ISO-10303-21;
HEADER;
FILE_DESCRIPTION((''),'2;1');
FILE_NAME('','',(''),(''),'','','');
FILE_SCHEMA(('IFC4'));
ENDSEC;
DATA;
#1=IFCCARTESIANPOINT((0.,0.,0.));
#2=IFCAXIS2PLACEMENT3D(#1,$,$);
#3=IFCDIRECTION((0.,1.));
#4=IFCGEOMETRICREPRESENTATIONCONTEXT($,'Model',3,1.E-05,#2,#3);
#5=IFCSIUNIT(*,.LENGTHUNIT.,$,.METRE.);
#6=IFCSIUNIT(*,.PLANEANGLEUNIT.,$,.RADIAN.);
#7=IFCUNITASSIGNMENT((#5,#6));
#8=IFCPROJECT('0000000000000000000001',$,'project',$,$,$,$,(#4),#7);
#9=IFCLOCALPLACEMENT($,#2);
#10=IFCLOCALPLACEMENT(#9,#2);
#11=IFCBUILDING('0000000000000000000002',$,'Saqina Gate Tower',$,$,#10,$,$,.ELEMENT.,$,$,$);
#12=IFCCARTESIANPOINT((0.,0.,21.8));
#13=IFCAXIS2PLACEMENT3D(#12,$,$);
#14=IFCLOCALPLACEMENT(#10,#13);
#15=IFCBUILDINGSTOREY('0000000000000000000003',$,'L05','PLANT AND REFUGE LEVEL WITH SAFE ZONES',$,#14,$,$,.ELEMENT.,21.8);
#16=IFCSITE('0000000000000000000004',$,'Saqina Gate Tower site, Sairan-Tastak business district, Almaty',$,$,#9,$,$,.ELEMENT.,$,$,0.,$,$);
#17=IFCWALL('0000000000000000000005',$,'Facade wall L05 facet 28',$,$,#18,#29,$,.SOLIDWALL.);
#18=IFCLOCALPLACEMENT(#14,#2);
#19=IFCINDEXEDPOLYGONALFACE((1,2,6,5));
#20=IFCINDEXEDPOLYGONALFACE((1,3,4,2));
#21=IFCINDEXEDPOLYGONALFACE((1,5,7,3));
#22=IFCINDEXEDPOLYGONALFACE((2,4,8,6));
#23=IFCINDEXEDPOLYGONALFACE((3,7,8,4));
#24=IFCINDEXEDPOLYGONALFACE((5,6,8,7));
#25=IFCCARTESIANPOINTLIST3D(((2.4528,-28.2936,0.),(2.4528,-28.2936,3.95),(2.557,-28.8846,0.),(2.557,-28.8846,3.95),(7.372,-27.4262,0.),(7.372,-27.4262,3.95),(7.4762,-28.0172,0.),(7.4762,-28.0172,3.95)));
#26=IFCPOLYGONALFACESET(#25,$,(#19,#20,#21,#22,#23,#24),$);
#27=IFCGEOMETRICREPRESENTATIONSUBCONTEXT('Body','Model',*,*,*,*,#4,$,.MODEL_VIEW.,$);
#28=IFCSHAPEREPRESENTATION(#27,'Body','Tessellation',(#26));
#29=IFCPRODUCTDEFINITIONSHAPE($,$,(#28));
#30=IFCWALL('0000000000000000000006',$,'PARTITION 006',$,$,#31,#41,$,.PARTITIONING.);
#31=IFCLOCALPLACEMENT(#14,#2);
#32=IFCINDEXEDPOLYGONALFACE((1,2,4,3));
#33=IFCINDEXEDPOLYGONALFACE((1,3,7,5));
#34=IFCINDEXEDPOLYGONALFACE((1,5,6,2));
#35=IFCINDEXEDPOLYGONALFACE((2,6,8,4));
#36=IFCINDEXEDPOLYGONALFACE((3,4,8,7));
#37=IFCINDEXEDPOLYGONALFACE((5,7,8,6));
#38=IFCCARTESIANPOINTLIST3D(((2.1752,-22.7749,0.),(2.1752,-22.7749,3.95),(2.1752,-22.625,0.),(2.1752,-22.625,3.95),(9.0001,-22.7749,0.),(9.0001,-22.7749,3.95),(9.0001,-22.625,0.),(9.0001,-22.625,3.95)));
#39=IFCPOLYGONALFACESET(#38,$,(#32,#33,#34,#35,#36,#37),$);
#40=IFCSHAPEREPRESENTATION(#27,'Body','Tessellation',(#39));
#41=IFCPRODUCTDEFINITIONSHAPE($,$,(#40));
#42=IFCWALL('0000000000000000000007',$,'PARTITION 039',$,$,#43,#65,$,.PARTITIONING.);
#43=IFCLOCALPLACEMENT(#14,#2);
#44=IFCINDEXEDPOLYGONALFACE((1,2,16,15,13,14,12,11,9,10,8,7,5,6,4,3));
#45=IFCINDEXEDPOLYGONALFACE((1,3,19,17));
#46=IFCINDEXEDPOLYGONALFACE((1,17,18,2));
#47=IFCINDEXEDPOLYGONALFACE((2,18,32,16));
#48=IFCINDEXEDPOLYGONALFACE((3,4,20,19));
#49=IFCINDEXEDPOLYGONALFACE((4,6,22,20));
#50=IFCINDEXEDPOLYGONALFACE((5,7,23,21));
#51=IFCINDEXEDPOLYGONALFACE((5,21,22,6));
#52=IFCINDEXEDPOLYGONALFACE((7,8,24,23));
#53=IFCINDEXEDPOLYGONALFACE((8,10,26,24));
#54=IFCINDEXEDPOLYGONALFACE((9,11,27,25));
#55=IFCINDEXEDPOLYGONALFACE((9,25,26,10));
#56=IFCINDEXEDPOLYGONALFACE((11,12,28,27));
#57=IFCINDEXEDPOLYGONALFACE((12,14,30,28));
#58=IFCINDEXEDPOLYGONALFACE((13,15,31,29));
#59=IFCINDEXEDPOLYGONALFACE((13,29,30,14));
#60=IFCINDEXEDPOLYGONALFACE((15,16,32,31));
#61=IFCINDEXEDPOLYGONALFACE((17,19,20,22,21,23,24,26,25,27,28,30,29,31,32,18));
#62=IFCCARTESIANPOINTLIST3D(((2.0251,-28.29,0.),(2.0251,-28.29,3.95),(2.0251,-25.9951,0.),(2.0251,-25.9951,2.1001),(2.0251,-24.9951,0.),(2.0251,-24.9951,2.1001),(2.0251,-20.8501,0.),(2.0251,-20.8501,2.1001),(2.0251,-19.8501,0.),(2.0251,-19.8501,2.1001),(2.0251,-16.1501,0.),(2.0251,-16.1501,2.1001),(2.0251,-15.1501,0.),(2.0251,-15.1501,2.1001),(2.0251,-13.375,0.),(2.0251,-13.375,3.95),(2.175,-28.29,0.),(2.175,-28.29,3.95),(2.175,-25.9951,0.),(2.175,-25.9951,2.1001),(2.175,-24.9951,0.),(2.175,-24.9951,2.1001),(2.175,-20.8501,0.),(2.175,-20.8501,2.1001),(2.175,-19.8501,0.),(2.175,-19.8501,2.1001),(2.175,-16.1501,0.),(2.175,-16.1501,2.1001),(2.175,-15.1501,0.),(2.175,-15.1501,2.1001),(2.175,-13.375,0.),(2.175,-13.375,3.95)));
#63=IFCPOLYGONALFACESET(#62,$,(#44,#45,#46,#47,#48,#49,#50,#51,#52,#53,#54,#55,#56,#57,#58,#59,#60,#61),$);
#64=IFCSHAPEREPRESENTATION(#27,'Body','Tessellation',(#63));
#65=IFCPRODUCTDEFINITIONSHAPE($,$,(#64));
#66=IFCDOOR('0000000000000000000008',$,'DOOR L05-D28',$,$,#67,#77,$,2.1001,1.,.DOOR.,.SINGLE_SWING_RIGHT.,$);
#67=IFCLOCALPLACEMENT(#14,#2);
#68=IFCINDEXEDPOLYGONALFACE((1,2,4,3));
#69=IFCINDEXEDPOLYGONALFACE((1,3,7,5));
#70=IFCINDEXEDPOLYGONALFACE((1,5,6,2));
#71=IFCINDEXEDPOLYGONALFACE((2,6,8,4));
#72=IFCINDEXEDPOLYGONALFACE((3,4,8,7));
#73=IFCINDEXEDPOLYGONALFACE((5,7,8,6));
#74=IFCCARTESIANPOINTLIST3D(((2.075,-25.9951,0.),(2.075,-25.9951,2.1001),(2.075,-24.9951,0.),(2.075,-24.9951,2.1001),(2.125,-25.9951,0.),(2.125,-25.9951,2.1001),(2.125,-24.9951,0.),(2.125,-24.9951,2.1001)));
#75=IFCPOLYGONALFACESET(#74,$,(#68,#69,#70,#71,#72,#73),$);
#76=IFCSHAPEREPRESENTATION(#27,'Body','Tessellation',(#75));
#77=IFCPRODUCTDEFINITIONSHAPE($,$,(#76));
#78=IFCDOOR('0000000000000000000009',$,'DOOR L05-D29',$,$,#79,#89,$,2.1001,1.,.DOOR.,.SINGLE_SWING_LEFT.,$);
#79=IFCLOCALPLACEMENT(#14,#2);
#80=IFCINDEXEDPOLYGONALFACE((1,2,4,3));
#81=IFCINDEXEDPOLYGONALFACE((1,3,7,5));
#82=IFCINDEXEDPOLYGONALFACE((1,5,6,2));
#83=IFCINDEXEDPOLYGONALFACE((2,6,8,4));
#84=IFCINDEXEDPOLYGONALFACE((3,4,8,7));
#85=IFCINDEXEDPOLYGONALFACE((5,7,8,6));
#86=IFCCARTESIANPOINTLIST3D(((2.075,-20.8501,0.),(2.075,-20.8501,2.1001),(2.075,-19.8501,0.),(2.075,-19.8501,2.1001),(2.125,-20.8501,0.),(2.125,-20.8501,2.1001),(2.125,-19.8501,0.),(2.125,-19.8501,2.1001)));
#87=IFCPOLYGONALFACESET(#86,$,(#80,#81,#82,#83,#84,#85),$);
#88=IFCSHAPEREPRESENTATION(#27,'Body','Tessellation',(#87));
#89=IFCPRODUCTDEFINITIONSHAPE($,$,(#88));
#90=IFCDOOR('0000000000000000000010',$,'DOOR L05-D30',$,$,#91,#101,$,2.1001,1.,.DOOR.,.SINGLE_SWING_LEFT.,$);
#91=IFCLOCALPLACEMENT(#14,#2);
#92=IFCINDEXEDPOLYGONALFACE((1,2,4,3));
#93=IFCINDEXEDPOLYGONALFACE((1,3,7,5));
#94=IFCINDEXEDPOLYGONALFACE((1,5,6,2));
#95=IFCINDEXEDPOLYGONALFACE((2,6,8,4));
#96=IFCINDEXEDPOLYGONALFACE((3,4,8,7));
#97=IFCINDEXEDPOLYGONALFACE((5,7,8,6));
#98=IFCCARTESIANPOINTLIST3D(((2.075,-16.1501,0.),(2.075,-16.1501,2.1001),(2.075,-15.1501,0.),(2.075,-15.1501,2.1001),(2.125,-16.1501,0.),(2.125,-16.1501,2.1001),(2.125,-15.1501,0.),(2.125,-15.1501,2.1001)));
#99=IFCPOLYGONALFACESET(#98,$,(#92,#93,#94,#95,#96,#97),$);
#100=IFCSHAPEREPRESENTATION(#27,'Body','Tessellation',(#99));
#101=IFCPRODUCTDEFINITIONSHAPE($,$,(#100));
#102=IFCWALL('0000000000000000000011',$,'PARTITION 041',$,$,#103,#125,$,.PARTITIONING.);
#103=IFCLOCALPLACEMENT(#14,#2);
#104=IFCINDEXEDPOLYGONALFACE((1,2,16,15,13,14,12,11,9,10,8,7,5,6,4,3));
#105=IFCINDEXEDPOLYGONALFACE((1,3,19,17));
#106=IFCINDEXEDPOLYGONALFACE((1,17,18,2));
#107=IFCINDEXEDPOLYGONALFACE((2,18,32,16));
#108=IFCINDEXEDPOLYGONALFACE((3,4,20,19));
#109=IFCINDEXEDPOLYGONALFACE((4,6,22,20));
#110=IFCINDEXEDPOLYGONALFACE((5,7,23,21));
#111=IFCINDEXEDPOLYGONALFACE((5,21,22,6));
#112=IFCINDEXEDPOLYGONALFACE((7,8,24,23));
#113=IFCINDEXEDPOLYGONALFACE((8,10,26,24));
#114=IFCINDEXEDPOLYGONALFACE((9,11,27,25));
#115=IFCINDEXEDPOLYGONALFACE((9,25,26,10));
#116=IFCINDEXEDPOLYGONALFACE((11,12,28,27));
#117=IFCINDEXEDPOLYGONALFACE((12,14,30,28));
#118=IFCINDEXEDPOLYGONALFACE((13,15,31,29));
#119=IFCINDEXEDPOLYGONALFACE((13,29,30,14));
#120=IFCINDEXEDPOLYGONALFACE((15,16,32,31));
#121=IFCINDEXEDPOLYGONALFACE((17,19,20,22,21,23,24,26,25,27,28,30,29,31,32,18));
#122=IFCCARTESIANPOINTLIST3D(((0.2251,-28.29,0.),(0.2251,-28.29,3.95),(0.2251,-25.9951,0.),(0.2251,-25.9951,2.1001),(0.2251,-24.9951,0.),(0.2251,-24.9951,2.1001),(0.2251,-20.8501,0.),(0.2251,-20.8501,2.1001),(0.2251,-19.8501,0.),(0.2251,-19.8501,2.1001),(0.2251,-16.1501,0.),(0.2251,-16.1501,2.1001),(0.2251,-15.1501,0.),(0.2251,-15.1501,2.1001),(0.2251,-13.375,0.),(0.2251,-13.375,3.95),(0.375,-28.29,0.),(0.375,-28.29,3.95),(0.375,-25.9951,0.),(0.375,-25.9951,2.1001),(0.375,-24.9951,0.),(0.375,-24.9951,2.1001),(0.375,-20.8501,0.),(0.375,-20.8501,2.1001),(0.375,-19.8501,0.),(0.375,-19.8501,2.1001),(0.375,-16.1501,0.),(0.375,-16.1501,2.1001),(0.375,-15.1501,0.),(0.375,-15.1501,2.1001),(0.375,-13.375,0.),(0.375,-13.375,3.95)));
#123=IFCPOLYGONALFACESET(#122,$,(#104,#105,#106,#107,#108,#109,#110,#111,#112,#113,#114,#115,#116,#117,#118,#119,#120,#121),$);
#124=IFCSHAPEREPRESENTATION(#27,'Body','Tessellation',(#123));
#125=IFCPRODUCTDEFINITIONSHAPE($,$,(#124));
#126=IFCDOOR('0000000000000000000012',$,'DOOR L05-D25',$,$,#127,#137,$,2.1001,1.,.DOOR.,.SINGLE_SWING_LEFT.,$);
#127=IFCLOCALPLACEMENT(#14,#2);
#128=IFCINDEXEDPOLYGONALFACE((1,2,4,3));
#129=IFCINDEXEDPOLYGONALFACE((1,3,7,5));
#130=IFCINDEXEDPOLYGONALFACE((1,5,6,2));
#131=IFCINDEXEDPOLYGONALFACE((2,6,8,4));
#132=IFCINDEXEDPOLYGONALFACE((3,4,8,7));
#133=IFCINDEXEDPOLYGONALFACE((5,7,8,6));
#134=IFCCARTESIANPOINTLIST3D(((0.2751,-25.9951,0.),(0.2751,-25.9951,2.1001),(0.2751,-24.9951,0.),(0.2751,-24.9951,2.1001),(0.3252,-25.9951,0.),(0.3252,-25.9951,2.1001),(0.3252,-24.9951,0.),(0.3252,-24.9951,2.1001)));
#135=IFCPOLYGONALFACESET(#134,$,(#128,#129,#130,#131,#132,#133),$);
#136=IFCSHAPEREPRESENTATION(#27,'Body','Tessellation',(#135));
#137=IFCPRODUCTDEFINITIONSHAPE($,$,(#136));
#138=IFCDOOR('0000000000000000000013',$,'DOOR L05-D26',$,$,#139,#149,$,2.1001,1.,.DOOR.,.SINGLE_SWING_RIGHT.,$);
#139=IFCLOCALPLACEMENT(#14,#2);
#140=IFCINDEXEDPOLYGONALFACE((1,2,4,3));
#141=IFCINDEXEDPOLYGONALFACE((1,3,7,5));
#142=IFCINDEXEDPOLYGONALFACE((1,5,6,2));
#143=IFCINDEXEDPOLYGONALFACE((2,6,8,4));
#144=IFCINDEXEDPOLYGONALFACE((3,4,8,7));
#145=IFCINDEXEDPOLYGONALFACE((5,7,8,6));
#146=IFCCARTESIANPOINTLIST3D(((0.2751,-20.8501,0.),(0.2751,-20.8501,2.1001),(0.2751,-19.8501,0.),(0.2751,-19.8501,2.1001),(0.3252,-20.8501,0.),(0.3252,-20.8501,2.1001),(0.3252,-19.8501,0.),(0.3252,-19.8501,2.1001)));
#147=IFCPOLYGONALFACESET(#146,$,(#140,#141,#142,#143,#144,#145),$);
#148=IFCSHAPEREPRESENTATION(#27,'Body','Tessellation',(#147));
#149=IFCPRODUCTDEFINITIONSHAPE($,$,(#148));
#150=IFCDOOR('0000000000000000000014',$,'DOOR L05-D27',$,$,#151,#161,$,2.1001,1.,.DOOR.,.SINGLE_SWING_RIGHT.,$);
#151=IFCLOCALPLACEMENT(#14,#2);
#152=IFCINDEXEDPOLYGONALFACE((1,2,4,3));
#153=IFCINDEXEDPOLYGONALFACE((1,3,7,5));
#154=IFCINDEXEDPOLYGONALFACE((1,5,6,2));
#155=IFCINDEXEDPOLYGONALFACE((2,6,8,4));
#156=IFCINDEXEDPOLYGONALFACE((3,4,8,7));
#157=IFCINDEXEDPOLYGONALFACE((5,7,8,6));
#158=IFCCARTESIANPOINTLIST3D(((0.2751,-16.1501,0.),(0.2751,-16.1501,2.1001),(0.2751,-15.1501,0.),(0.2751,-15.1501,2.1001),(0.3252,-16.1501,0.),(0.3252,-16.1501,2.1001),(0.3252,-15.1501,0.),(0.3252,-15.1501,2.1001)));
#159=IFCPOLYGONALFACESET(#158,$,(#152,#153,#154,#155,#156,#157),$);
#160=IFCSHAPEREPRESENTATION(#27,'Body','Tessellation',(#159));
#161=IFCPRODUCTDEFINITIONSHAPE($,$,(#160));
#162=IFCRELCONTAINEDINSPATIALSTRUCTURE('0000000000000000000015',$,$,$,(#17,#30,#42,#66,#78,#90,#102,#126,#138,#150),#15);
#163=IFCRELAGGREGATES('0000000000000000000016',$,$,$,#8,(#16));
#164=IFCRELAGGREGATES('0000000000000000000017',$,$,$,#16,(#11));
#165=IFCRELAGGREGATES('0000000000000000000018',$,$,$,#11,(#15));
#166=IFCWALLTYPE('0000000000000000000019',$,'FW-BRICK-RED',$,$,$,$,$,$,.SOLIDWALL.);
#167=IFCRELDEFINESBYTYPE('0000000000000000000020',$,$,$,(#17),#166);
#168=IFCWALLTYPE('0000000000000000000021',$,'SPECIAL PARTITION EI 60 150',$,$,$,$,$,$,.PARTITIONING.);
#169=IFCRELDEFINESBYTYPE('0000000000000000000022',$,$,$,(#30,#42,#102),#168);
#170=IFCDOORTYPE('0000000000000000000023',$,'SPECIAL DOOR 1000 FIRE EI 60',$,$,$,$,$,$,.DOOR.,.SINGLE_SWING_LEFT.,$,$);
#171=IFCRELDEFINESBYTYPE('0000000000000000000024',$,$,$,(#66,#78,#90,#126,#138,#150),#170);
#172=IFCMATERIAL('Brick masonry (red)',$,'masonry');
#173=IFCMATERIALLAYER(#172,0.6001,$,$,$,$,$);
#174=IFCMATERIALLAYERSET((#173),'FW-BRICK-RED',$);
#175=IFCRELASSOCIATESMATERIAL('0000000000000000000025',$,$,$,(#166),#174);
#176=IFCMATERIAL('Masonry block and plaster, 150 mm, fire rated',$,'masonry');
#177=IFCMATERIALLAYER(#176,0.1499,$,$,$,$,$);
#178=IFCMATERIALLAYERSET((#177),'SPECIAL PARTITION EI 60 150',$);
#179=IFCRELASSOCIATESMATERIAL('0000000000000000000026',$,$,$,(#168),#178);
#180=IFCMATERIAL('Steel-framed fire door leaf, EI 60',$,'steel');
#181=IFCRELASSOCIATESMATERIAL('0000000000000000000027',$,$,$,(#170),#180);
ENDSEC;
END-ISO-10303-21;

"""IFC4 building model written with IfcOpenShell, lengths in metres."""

from ifc_helpers import new_model, si_unit, direction, frame, frame_2d, origin, place, context, subcontext, project, spatial, rectangle, extrude, material, layer, layer_set, type_object, element, fill, save


model = new_model("IFC4")

# Units and contexts
model_context = context("Model", 3, precision=1e-05, world=origin(), true_north=direction((0.0, 1.0)))
body_context = subcontext(model_context, "Body", "Model", "MODEL_VIEW")
ifc_project = project(units=[si_unit("LENGTHUNIT", "METRE"), si_unit("PLANEANGLEUNIT", "RADIAN")], contexts=[model_context])

# Site, building, storey
site_placement = place(None, origin())
site = spatial("IfcSite", under=ifc_project, at=site_placement, Name="Saqina Gate Tower site, Sairan-Tastak business district, Almaty", CompositionType="ELEMENT", RefElevation=0.0)
building_placement = place(site_placement, origin())
building = spatial("IfcBuilding", under=site, at=building_placement, Name="Saqina Gate Tower", CompositionType="ELEMENT")
storey_placement = place(building_placement, frame((0.0, 0.0, 21.8)))
storey = spatial("IfcBuildingStorey", under=building, at=storey_placement, Name="L05", Description="PLANT AND REFUGE LEVEL WITH SAFE ZONES", CompositionType="ELEMENT", Elevation=21.8)

# Walls
ifc_material_1 = material(Name="Brick masonry (red)", Category="masonry")
ifc_layer_1 = layer(ifc_material_1, 0.6001)
ifc_layer_set_1 = layer_set([ifc_layer_1], Name="FW-BRICK-RED")
wall_type_1 = type_object("IfcWallType", Name="FW-BRICK-RED", PredefinedType="SOLIDWALL", material=ifc_layer_set_1)
wall_1_placement = place(storey_placement, frame((2.5049, -28.5891, 0.0), z_axis=(0.0, 0.0, 1.0), x_axis=(0.984806, 0.173657, 0.0)))
element("IfcWall", 1, at=wall_1_placement, inside=storey, type_object=wall_type_1, Name="Facade wall L05 facet 28", PredefinedType="SOLIDWALL", context=body_context, shape_type="SweptSolid", body=[
    extrude(rectangle(XDim=4.9951, YDim=0.6001, at=frame_2d((2.4976, 0.0))), origin(), (0.0, 0.0, 1.0), 3.95),
])
ifc_material_2 = material(Name="Masonry block and plaster, 150 mm, fire rated", Category="masonry")
ifc_layer_2 = layer(ifc_material_2, 0.1499)
ifc_layer_set_2 = layer_set([ifc_layer_2], Name="SPECIAL PARTITION EI 60 150")
wall_type_2 = type_object("IfcWallType", Name="SPECIAL PARTITION EI 60 150", PredefinedType="PARTITIONING", material=ifc_layer_set_2)
wall_2_placement = place(storey_placement, frame((2.175, -22.7, 0.0), z_axis=(0.0, 0.0, 1.0), x_axis=(1.0, 0.0, 0.0)))
element("IfcWall", 2, at=wall_2_placement, inside=storey, type_object=wall_type_2, Name="PARTITION 006", PredefinedType="PARTITIONING", context=body_context, shape_type="SweptSolid", body=[
    extrude(rectangle(XDim=6.825, YDim=0.1499, at=frame_2d((3.4126, 0.0))), origin(), (0.0, 0.0, 1.0), 3.95),
])

# Walls, openings, doors
wall_3_placement = place(storey_placement, frame((2.1001, -28.29, 0.0), z_axis=(0.0, 0.0, 1.0), x_axis=(0.0, 1.0, 0.0)))
wall_3 = element("IfcWall", 3, at=wall_3_placement, inside=storey, type_object=wall_type_2, Name="PARTITION 039", PredefinedType="PARTITIONING", context=body_context, shape_type="SweptSolid", body=[
    extrude(rectangle(XDim=14.915, YDim=0.1499, at=frame_2d((7.4575, 0.0))), origin(), (0.0, 0.0, 1.0), 3.95),
])
opening_1_placement = place(wall_3_placement, frame((2.2949, 0.0, 0.0)))
opening_1 = element("IfcOpeningElement", 4, at=opening_1_placement, cuts=wall_3, PredefinedType="OPENING", context=body_context, shape_type="SweptSolid", body=[
    extrude(rectangle(XDim=1.0, YDim=2.1001, at=frame_2d((0.5, 1.05))), frame((0.0, 0.0869, 0.0), z_axis=(0.0, -1.0, 0.0), x_axis=(1.0, 0.0, 0.0)), (0.0, 0.0, 1.0), 0.1738),
])
opening_2_placement = place(wall_3_placement, frame((7.4399, 0.0, 0.0)))
opening_2 = element("IfcOpeningElement", 5, at=opening_2_placement, cuts=wall_3, PredefinedType="OPENING", context=body_context, shape_type="SweptSolid", body=[
    extrude(rectangle(XDim=1.0, YDim=2.1001, at=frame_2d((0.5, 1.05))), frame((0.0, 0.0869, 0.0), z_axis=(0.0, -1.0, 0.0), x_axis=(1.0, 0.0, 0.0)), (0.0, 0.0, 1.0), 0.1738),
])
opening_3_placement = place(wall_3_placement, frame((12.1399, 0.0, 0.0)))
opening_3 = element("IfcOpeningElement", 6, at=opening_3_placement, cuts=wall_3, PredefinedType="OPENING", context=body_context, shape_type="SweptSolid", body=[
    extrude(rectangle(XDim=1.0, YDim=2.1001, at=frame_2d((0.5, 1.05))), frame((0.0, 0.0869, 0.0), z_axis=(0.0, -1.0, 0.0), x_axis=(1.0, 0.0, 0.0)), (0.0, 0.0, 1.0), 0.1738),
])
ifc_material_3 = material(Name="Steel-framed fire door leaf, EI 60", Category="steel")
door_type = type_object("IfcDoorType", Name="SPECIAL DOOR 1000 FIRE EI 60", OperationType="SINGLE_SWING_LEFT", PredefinedType="DOOR", material=ifc_material_3)
door_1_placement = place(opening_1_placement, frame((1.0, 0.0, 0.0), z_axis=(0.0, 0.0, 1.0), x_axis=(-1.0, 0.0, 0.0)))
door_1 = element("IfcDoor", 7, at=door_1_placement, inside=storey, type_object=door_type, Name="DOOR L05-D28", OperationType="SINGLE_SWING_RIGHT", OverallHeight=2.1001, OverallWidth=1.0, PredefinedType="DOOR", context=body_context, shape_type="SweptSolid", body=[
    extrude(rectangle(XDim=1.0, YDim=2.1001, at=frame_2d((0.5, 1.05))), frame((0.0, 0.0249, 0.0), z_axis=(0.0, -1.0, 0.0), x_axis=(1.0, 0.0, 0.0)), (0.0, 0.0, 1.0), 0.05),
])
fill(opening_1, door_1)
door_2_placement = place(opening_2_placement, frame((1.0, 0.0, 0.0), z_axis=(0.0, 0.0, 1.0), x_axis=(-1.0, 0.0, 0.0)))
door_2 = element("IfcDoor", 8, at=door_2_placement, inside=storey, type_object=door_type, Name="DOOR L05-D29", OperationType="SINGLE_SWING_LEFT", OverallHeight=2.1001, OverallWidth=1.0, PredefinedType="DOOR", context=body_context, shape_type="SweptSolid", body=[
    extrude(rectangle(XDim=1.0, YDim=2.1001, at=frame_2d((0.5, 1.05))), frame((0.0, 0.0249, 0.0), z_axis=(0.0, -1.0, 0.0), x_axis=(1.0, 0.0, 0.0)), (0.0, 0.0, 1.0), 0.05),
])
fill(opening_2, door_2)
door_3_placement = place(opening_3_placement, frame((1.0, 0.0, 0.0), z_axis=(0.0, 0.0, 1.0), x_axis=(-1.0, 0.0, 0.0)))
door_3 = element("IfcDoor", 9, at=door_3_placement, inside=storey, type_object=door_type, Name="DOOR L05-D30", OperationType="SINGLE_SWING_LEFT", OverallHeight=2.1001, OverallWidth=1.0, PredefinedType="DOOR", context=body_context, shape_type="SweptSolid", body=[
    extrude(rectangle(XDim=1.0, YDim=2.1001, at=frame_2d((0.5, 1.05))), frame((0.0, 0.0249, 0.0), z_axis=(0.0, -1.0, 0.0), x_axis=(1.0, 0.0, 0.0)), (0.0, 0.0, 1.0), 0.05),
])
fill(opening_3, door_3)
wall_4_placement = place(storey_placement, frame((0.3, -28.29, 0.0), z_axis=(0.0, 0.0, 1.0), x_axis=(0.0, 1.0, 0.0)))
wall_4 = element("IfcWall", 10, at=wall_4_placement, inside=storey, type_object=wall_type_2, Name="PARTITION 041", PredefinedType="PARTITIONING", context=body_context, shape_type="SweptSolid", body=[
    extrude(rectangle(XDim=14.915, YDim=0.1499, at=frame_2d((7.4575, 0.0))), origin(), (0.0, 0.0, 1.0), 3.95),
])
opening_4_placement = place(wall_4_placement, frame((2.2949, 0.0, 0.0)))
opening_4 = element("IfcOpeningElement", 11, at=opening_4_placement, cuts=wall_4, PredefinedType="OPENING", context=body_context, shape_type="SweptSolid", body=[
    extrude(rectangle(XDim=1.0, YDim=2.1001, at=frame_2d((0.5, 1.05))), frame((0.0, 0.0869, 0.0), z_axis=(0.0, -1.0, 0.0), x_axis=(1.0, 0.0, 0.0)), (0.0, 0.0, 1.0), 0.1738),
])
opening_5_placement = place(wall_4_placement, frame((7.4399, 0.0, 0.0)))
opening_5 = element("IfcOpeningElement", 12, at=opening_5_placement, cuts=wall_4, PredefinedType="OPENING", context=body_context, shape_type="SweptSolid", body=[
    extrude(rectangle(XDim=1.0, YDim=2.1001, at=frame_2d((0.5, 1.05))), frame((0.0, 0.0869, 0.0), z_axis=(0.0, -1.0, 0.0), x_axis=(1.0, 0.0, 0.0)), (0.0, 0.0, 1.0), 0.1738),
])
opening_6_placement = place(wall_4_placement, frame((12.1399, 0.0, 0.0)))
opening_6 = element("IfcOpeningElement", 13, at=opening_6_placement, cuts=wall_4, PredefinedType="OPENING", context=body_context, shape_type="SweptSolid", body=[
    extrude(rectangle(XDim=1.0, YDim=2.1001, at=frame_2d((0.5, 1.05))), frame((0.0, 0.0869, 0.0), z_axis=(0.0, -1.0, 0.0), x_axis=(1.0, 0.0, 0.0)), (0.0, 0.0, 1.0), 0.1738),
])
door_4_placement = place(opening_4_placement, origin())
door_4 = element("IfcDoor", 14, at=door_4_placement, inside=storey, type_object=door_type, Name="DOOR L05-D25", OperationType="SINGLE_SWING_LEFT", OverallHeight=2.1001, OverallWidth=1.0, PredefinedType="DOOR", context=body_context, shape_type="SweptSolid", body=[
    extrude(rectangle(XDim=1.0, YDim=2.1001, at=frame_2d((0.5, 1.05))), frame((0.0, 0.0249, 0.0), z_axis=(0.0, -1.0, 0.0), x_axis=(1.0, 0.0, 0.0)), (0.0, 0.0, 1.0), 0.05),
])
fill(opening_4, door_4)
door_5_placement = place(opening_5_placement, origin())
door_5 = element("IfcDoor", 15, at=door_5_placement, inside=storey, type_object=door_type, Name="DOOR L05-D26", OperationType="SINGLE_SWING_RIGHT", OverallHeight=2.1001, OverallWidth=1.0, PredefinedType="DOOR", context=body_context, shape_type="SweptSolid", body=[
    extrude(rectangle(XDim=1.0, YDim=2.1001, at=frame_2d((0.5, 1.05))), frame((0.0, 0.0249, 0.0), z_axis=(0.0, -1.0, 0.0), x_axis=(1.0, 0.0, 0.0)), (0.0, 0.0, 1.0), 0.05),
])
fill(opening_5, door_5)
door_6_placement = place(opening_6_placement, origin())
door_6 = element("IfcDoor", 16, at=door_6_placement, inside=storey, type_object=door_type, Name="DOOR L05-D27", OperationType="SINGLE_SWING_RIGHT", OverallHeight=2.1001, OverallWidth=1.0, PredefinedType="DOOR", context=body_context, shape_type="SweptSolid", body=[
    extrude(rectangle(XDim=1.0, YDim=2.1001, at=frame_2d((0.5, 1.05))), frame((0.0, 0.0249, 0.0), z_axis=(0.0, -1.0, 0.0), x_axis=(1.0, 0.0, 0.0)), (0.0, 0.0, 1.0), 0.05),
])
fill(opening_6, door_6)

save(model, "model.ifc")
